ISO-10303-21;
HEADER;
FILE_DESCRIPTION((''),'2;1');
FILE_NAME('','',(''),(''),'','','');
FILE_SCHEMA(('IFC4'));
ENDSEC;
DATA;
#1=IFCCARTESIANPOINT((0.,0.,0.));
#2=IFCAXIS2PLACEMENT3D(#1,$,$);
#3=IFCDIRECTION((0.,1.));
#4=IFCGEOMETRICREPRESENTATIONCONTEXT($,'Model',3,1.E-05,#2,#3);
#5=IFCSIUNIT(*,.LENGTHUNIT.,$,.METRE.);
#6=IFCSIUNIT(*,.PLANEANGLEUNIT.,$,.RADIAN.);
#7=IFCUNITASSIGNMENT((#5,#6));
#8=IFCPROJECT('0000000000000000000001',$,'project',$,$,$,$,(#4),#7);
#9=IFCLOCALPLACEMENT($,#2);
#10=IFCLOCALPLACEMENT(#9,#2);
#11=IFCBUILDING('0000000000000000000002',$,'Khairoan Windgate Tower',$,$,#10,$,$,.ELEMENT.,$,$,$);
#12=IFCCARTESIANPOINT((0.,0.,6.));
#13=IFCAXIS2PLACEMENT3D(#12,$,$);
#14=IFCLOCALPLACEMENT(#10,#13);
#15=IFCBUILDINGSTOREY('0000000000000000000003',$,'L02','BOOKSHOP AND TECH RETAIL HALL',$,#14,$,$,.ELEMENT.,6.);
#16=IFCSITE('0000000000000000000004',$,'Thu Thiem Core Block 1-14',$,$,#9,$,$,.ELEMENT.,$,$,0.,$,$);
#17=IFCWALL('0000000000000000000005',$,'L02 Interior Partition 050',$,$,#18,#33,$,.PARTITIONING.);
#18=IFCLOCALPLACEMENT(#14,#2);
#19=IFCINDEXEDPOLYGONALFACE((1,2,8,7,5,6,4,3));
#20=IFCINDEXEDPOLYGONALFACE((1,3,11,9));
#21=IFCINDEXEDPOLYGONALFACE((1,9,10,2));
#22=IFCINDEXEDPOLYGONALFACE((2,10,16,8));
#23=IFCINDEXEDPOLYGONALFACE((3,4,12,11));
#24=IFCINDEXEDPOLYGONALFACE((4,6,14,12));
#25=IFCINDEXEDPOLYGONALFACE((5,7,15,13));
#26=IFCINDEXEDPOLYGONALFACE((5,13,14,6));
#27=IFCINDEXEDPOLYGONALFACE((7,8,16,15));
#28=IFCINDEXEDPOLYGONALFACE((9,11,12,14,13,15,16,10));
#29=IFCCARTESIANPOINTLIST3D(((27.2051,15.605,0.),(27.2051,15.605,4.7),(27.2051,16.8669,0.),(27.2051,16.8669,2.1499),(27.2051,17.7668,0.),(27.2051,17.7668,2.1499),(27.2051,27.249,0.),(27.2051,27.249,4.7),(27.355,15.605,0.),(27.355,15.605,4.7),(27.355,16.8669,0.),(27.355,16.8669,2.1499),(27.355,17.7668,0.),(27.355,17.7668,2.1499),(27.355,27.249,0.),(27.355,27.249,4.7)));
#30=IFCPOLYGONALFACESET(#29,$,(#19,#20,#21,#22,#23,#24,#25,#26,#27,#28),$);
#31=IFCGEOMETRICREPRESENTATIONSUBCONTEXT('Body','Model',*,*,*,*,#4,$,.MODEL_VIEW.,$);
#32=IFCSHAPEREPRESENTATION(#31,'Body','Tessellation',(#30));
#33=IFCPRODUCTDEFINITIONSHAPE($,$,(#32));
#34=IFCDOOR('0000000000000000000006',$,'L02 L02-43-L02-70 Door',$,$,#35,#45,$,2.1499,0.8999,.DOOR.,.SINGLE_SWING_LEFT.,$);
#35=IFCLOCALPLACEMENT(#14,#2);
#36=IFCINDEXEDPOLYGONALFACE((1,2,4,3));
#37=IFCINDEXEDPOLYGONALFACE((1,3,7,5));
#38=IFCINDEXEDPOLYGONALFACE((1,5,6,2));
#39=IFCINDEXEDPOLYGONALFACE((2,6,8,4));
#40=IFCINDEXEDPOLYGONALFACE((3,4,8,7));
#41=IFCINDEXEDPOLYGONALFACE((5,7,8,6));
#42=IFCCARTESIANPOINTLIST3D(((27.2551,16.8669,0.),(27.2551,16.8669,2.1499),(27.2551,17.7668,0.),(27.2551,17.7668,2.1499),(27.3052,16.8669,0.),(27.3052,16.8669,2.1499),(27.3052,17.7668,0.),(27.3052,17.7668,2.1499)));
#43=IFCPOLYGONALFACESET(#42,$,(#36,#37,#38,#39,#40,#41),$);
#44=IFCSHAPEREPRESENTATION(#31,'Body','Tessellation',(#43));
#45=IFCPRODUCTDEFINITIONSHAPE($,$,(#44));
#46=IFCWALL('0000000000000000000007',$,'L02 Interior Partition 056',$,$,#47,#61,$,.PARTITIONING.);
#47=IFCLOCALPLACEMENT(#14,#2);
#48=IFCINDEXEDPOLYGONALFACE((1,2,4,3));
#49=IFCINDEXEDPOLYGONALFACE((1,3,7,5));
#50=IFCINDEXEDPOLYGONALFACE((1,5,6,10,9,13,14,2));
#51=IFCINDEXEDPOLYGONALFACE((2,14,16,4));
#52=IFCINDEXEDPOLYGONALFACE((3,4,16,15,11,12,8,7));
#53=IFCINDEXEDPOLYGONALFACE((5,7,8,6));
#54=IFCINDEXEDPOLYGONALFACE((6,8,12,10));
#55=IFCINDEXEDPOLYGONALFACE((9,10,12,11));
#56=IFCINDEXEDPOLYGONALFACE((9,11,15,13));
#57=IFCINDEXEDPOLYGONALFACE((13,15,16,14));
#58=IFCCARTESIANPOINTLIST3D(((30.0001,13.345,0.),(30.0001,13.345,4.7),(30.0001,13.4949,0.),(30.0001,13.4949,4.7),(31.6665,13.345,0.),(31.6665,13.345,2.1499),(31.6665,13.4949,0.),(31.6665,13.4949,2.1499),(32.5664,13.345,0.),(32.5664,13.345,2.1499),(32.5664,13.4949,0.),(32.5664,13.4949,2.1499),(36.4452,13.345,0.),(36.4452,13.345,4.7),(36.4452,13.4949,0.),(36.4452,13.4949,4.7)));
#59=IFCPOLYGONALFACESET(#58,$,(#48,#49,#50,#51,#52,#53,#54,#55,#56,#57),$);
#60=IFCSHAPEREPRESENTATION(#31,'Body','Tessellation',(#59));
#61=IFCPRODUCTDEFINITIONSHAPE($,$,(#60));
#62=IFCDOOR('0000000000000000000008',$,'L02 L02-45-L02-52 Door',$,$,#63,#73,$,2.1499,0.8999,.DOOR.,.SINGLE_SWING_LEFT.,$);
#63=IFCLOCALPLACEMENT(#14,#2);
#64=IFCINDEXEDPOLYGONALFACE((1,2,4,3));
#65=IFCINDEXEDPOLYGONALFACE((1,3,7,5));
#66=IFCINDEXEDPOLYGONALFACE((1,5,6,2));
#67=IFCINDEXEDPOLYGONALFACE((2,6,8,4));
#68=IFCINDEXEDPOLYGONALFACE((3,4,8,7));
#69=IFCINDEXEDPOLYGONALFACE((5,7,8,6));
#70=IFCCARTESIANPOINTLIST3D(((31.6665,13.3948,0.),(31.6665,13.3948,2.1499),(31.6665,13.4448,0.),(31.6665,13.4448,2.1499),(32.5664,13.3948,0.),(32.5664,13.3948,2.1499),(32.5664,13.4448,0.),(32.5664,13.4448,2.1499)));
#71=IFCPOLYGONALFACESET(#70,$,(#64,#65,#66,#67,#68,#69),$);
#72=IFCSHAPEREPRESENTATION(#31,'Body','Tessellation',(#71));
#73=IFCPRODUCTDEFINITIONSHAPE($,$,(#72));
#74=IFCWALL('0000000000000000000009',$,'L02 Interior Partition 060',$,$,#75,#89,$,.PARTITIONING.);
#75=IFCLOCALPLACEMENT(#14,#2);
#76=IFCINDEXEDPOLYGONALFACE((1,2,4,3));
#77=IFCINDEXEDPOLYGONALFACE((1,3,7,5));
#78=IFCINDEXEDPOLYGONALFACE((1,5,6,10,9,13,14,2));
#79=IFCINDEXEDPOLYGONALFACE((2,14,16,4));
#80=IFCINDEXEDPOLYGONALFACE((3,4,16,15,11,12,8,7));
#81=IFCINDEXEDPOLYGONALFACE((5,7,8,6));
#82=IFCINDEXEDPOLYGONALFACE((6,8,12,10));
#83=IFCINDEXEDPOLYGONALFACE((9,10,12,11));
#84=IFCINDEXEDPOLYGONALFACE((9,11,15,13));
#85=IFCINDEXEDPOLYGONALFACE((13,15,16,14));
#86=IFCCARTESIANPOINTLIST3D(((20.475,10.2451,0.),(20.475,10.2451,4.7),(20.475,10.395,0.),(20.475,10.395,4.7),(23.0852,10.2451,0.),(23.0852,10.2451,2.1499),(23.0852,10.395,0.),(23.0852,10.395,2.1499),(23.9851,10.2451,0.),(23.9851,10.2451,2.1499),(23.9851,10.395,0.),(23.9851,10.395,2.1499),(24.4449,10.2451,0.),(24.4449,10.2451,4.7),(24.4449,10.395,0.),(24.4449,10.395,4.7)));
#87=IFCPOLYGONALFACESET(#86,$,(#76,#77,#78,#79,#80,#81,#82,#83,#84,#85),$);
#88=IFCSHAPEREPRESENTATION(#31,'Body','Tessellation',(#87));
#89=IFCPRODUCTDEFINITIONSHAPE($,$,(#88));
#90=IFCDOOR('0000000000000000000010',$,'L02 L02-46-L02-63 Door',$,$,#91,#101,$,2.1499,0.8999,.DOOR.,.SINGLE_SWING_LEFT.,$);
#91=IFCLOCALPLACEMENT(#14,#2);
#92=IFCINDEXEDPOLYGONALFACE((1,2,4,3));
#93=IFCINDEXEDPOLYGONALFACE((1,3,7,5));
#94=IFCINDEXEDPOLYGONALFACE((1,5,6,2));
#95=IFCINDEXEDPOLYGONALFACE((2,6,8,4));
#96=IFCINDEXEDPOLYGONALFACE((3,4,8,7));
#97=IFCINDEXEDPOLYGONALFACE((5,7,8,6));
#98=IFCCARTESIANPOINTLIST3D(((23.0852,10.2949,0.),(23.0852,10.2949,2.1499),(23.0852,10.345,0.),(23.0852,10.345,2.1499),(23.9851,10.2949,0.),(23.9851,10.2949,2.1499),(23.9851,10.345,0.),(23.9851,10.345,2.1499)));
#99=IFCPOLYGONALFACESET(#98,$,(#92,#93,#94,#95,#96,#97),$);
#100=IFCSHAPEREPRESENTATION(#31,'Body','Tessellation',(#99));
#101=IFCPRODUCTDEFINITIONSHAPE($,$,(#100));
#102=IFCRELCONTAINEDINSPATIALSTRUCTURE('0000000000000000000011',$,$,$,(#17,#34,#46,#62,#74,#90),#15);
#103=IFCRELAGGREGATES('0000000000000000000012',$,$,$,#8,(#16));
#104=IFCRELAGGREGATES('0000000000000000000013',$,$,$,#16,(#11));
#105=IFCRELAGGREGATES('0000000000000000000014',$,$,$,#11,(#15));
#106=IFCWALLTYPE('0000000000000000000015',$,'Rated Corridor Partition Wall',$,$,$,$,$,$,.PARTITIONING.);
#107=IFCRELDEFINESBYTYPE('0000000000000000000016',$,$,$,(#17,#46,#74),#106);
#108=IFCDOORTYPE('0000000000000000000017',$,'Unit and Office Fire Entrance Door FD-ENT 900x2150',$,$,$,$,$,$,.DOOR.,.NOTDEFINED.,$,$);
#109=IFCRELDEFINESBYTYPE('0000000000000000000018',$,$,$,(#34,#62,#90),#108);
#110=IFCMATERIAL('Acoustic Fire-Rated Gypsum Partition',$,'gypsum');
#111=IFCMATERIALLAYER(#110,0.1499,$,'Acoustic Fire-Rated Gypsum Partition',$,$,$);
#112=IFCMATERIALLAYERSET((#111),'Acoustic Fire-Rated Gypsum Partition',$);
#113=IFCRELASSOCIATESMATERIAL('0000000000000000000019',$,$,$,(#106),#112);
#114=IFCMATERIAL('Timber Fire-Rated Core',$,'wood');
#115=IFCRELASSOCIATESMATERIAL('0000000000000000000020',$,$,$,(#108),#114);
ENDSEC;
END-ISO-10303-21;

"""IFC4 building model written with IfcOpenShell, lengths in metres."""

from ifc_helpers import new_model, si_unit, direction, frame, frame_2d, origin, place, context, subcontext, project, spatial, rectangle, extrude, material, layer, layer_set, type_object, element, fill, save


model = new_model("IFC4")

# Units and contexts
model_context = context("Model", 3, precision=1e-05, world=origin(), true_north=direction((0.0, 1.0)))
body_context = subcontext(model_context, "Body", "Model", "MODEL_VIEW")
ifc_project = project(units=[si_unit("LENGTHUNIT", "METRE"), si_unit("PLANEANGLEUNIT", "RADIAN")], contexts=[model_context])

# Site, building, storey
site_placement = place(None, origin())
site = spatial("IfcSite", under=ifc_project, at=site_placement, Name="Thu Thiem Core Block 1-14", CompositionType="ELEMENT", RefElevation=0.0)
building_placement = place(site_placement, origin())
building = spatial("IfcBuilding", under=site, at=building_placement, Name="Khairoan Windgate Tower", CompositionType="ELEMENT")
storey_placement = place(building_placement, frame((0.0, 0.0, 6.0)))
storey = spatial("IfcBuildingStorey", under=building, at=storey_placement, Name="L02", Description="BOOKSHOP AND TECH RETAIL HALL", CompositionType="ELEMENT", Elevation=6.0)

# Walls, openings, doors
ifc_material_1 = material(Name="Acoustic Fire-Rated Gypsum Partition", Category="gypsum")
ifc_layer_1 = layer(ifc_material_1, 0.1499, Name="Acoustic Fire-Rated Gypsum Partition")
ifc_layer_set_1 = layer_set([ifc_layer_1], Name="Acoustic Fire-Rated Gypsum Partition")
wall_type_1 = type_object("IfcWallType", Name="Rated Corridor Partition Wall", PredefinedType="PARTITIONING", material=ifc_layer_set_1)
ifc_material_2 = material(Name="Timber Fire-Rated Core", Category="wood")
door_type = type_object("IfcDoorType", Name="Unit and Office Fire Entrance Door FD-ENT 900x2150", OperationType="NOTDEFINED", PredefinedType="DOOR", material=ifc_material_2)
wall_1_placement = place(storey_placement, frame((27.28, 15.605, 0.0), z_axis=(0.0, 0.0, 1.0), x_axis=(0.0, 1.0, 0.0)))
wall_1 = element("IfcWall", 1, at=wall_1_placement, inside=storey, type_object=wall_type_1, Name="L02 Interior Partition 050", PredefinedType="PARTITIONING", context=body_context, shape_type="SweptSolid", body=[
    extrude(rectangle(XDim=11.644, YDim=0.1499, at=frame_2d((5.822, 0.0))), origin(), (0.0, 0.0, 1.0), 4.7),
])
opening_1_placement = place(wall_1_placement, frame((1.262, 0.0, 0.0)))
opening_1 = element("IfcOpeningElement", 2, at=opening_1_placement, cuts=wall_1, PredefinedType="OPENING", context=body_context, shape_type="SweptSolid", body=[
    extrude(rectangle(XDim=0.8999, YDim=2.1499, at=frame_2d((0.45, 1.075))), frame((0.0, 0.085, 0.0), z_axis=(0.0, -1.0, 0.0), x_axis=(1.0, 0.0, 0.0)), (0.0, 0.0, 1.0), 0.1699),
])
door_1_placement = place(opening_1_placement, origin())
door_1 = element("IfcDoor", 3, at=door_1_placement, inside=storey, type_object=door_type, Name="L02 L02-43-L02-70 Door", OperationType="SINGLE_SWING_LEFT", OverallHeight=2.1499, OverallWidth=0.8999, PredefinedType="DOOR", context=body_context, shape_type="SweptSolid", body=[
    extrude(rectangle(XDim=0.8999, YDim=2.1499, at=frame_2d((0.45, 1.075))), frame((0.0, 0.0249, 0.0), z_axis=(0.0, -1.0, 0.0), x_axis=(1.0, 0.0, 0.0)), (0.0, 0.0, 1.0), 0.05),
])
fill(opening_1, door_1)
wall_2_placement = place(storey_placement, frame((30.0, 13.4199, 0.0), z_axis=(0.0, 0.0, 1.0), x_axis=(1.0, 0.0, 0.0)))
wall_2 = element("IfcWall", 4, at=wall_2_placement, inside=storey, type_object=wall_type_1, Name="L02 Interior Partition 056", PredefinedType="PARTITIONING", context=body_context, shape_type="SweptSolid", body=[
    extrude(rectangle(XDim=6.4451, YDim=0.1499, at=frame_2d((3.2227, 0.0))), origin(), (0.0, 0.0, 1.0), 4.7),
])
opening_2_placement = place(wall_2_placement, frame((1.6665, 0.0, 0.0)))
opening_2 = element("IfcOpeningElement", 5, at=opening_2_placement, cuts=wall_2, PredefinedType="OPENING", context=body_context, shape_type="SweptSolid", body=[
    extrude(rectangle(XDim=0.8999, YDim=2.1499, at=frame_2d((0.45, 1.075))), frame((0.0, 0.085, 0.0), z_axis=(0.0, -1.0, 0.0), x_axis=(1.0, 0.0, 0.0)), (0.0, 0.0, 1.0), 0.1699),
])
door_2_placement = place(opening_2_placement, origin())
door_2 = element("IfcDoor", 6, at=door_2_placement, inside=storey, type_object=door_type, Name="L02 L02-45-L02-52 Door", OperationType="SINGLE_SWING_LEFT", OverallHeight=2.1499, OverallWidth=0.8999, PredefinedType="DOOR", context=body_context, shape_type="SweptSolid", body=[
    extrude(rectangle(XDim=0.8999, YDim=2.1499, at=frame_2d((0.45, 1.075))), frame((0.0, 0.0249, 0.0), z_axis=(0.0, -1.0, 0.0), x_axis=(1.0, 0.0, 0.0)), (0.0, 0.0, 1.0), 0.05),
])
fill(opening_2, door_2)
wall_3_placement = place(storey_placement, frame((20.4751, 10.3201, 0.0), z_axis=(0.0, 0.0, 1.0), x_axis=(1.0, 0.0, 0.0)))
wall_3 = element("IfcWall", 7, at=wall_3_placement, inside=storey, type_object=wall_type_1, Name="L02 Interior Partition 060", PredefinedType="PARTITIONING", context=body_context, shape_type="SweptSolid", body=[
    extrude(rectangle(XDim=3.97, YDim=0.1499, at=frame_2d((1.9849, 0.0))), origin(), (0.0, 0.0, 1.0), 4.7),
])
opening_3_placement = place(wall_3_placement, frame((2.6101, 0.0, 0.0)))
opening_3 = element("IfcOpeningElement", 8, at=opening_3_placement, cuts=wall_3, PredefinedType="OPENING", context=body_context, shape_type="SweptSolid", body=[
    extrude(rectangle(XDim=0.8999, YDim=2.1499, at=frame_2d((0.45, 1.075))), frame((0.0, 0.085, 0.0), z_axis=(0.0, -1.0, 0.0), x_axis=(1.0, 0.0, 0.0)), (0.0, 0.0, 1.0), 0.1699),
])
door_3_placement = place(opening_3_placement, origin())
door_3 = element("IfcDoor", 9, at=door_3_placement, inside=storey, type_object=door_type, Name="L02 L02-46-L02-63 Door", OperationType="SINGLE_SWING_LEFT", OverallHeight=2.1499, OverallWidth=0.8999, PredefinedType="DOOR", context=body_context, shape_type="SweptSolid", body=[
    extrude(rectangle(XDim=0.8999, YDim=2.1499, at=frame_2d((0.45, 1.075))), frame((0.0, 0.0249, 0.0), z_axis=(0.0, -1.0, 0.0), x_axis=(1.0, 0.0, 0.0)), (0.0, 0.0, 1.0), 0.05),
])
fill(opening_3, door_3)

save(model, "model.ifc")
